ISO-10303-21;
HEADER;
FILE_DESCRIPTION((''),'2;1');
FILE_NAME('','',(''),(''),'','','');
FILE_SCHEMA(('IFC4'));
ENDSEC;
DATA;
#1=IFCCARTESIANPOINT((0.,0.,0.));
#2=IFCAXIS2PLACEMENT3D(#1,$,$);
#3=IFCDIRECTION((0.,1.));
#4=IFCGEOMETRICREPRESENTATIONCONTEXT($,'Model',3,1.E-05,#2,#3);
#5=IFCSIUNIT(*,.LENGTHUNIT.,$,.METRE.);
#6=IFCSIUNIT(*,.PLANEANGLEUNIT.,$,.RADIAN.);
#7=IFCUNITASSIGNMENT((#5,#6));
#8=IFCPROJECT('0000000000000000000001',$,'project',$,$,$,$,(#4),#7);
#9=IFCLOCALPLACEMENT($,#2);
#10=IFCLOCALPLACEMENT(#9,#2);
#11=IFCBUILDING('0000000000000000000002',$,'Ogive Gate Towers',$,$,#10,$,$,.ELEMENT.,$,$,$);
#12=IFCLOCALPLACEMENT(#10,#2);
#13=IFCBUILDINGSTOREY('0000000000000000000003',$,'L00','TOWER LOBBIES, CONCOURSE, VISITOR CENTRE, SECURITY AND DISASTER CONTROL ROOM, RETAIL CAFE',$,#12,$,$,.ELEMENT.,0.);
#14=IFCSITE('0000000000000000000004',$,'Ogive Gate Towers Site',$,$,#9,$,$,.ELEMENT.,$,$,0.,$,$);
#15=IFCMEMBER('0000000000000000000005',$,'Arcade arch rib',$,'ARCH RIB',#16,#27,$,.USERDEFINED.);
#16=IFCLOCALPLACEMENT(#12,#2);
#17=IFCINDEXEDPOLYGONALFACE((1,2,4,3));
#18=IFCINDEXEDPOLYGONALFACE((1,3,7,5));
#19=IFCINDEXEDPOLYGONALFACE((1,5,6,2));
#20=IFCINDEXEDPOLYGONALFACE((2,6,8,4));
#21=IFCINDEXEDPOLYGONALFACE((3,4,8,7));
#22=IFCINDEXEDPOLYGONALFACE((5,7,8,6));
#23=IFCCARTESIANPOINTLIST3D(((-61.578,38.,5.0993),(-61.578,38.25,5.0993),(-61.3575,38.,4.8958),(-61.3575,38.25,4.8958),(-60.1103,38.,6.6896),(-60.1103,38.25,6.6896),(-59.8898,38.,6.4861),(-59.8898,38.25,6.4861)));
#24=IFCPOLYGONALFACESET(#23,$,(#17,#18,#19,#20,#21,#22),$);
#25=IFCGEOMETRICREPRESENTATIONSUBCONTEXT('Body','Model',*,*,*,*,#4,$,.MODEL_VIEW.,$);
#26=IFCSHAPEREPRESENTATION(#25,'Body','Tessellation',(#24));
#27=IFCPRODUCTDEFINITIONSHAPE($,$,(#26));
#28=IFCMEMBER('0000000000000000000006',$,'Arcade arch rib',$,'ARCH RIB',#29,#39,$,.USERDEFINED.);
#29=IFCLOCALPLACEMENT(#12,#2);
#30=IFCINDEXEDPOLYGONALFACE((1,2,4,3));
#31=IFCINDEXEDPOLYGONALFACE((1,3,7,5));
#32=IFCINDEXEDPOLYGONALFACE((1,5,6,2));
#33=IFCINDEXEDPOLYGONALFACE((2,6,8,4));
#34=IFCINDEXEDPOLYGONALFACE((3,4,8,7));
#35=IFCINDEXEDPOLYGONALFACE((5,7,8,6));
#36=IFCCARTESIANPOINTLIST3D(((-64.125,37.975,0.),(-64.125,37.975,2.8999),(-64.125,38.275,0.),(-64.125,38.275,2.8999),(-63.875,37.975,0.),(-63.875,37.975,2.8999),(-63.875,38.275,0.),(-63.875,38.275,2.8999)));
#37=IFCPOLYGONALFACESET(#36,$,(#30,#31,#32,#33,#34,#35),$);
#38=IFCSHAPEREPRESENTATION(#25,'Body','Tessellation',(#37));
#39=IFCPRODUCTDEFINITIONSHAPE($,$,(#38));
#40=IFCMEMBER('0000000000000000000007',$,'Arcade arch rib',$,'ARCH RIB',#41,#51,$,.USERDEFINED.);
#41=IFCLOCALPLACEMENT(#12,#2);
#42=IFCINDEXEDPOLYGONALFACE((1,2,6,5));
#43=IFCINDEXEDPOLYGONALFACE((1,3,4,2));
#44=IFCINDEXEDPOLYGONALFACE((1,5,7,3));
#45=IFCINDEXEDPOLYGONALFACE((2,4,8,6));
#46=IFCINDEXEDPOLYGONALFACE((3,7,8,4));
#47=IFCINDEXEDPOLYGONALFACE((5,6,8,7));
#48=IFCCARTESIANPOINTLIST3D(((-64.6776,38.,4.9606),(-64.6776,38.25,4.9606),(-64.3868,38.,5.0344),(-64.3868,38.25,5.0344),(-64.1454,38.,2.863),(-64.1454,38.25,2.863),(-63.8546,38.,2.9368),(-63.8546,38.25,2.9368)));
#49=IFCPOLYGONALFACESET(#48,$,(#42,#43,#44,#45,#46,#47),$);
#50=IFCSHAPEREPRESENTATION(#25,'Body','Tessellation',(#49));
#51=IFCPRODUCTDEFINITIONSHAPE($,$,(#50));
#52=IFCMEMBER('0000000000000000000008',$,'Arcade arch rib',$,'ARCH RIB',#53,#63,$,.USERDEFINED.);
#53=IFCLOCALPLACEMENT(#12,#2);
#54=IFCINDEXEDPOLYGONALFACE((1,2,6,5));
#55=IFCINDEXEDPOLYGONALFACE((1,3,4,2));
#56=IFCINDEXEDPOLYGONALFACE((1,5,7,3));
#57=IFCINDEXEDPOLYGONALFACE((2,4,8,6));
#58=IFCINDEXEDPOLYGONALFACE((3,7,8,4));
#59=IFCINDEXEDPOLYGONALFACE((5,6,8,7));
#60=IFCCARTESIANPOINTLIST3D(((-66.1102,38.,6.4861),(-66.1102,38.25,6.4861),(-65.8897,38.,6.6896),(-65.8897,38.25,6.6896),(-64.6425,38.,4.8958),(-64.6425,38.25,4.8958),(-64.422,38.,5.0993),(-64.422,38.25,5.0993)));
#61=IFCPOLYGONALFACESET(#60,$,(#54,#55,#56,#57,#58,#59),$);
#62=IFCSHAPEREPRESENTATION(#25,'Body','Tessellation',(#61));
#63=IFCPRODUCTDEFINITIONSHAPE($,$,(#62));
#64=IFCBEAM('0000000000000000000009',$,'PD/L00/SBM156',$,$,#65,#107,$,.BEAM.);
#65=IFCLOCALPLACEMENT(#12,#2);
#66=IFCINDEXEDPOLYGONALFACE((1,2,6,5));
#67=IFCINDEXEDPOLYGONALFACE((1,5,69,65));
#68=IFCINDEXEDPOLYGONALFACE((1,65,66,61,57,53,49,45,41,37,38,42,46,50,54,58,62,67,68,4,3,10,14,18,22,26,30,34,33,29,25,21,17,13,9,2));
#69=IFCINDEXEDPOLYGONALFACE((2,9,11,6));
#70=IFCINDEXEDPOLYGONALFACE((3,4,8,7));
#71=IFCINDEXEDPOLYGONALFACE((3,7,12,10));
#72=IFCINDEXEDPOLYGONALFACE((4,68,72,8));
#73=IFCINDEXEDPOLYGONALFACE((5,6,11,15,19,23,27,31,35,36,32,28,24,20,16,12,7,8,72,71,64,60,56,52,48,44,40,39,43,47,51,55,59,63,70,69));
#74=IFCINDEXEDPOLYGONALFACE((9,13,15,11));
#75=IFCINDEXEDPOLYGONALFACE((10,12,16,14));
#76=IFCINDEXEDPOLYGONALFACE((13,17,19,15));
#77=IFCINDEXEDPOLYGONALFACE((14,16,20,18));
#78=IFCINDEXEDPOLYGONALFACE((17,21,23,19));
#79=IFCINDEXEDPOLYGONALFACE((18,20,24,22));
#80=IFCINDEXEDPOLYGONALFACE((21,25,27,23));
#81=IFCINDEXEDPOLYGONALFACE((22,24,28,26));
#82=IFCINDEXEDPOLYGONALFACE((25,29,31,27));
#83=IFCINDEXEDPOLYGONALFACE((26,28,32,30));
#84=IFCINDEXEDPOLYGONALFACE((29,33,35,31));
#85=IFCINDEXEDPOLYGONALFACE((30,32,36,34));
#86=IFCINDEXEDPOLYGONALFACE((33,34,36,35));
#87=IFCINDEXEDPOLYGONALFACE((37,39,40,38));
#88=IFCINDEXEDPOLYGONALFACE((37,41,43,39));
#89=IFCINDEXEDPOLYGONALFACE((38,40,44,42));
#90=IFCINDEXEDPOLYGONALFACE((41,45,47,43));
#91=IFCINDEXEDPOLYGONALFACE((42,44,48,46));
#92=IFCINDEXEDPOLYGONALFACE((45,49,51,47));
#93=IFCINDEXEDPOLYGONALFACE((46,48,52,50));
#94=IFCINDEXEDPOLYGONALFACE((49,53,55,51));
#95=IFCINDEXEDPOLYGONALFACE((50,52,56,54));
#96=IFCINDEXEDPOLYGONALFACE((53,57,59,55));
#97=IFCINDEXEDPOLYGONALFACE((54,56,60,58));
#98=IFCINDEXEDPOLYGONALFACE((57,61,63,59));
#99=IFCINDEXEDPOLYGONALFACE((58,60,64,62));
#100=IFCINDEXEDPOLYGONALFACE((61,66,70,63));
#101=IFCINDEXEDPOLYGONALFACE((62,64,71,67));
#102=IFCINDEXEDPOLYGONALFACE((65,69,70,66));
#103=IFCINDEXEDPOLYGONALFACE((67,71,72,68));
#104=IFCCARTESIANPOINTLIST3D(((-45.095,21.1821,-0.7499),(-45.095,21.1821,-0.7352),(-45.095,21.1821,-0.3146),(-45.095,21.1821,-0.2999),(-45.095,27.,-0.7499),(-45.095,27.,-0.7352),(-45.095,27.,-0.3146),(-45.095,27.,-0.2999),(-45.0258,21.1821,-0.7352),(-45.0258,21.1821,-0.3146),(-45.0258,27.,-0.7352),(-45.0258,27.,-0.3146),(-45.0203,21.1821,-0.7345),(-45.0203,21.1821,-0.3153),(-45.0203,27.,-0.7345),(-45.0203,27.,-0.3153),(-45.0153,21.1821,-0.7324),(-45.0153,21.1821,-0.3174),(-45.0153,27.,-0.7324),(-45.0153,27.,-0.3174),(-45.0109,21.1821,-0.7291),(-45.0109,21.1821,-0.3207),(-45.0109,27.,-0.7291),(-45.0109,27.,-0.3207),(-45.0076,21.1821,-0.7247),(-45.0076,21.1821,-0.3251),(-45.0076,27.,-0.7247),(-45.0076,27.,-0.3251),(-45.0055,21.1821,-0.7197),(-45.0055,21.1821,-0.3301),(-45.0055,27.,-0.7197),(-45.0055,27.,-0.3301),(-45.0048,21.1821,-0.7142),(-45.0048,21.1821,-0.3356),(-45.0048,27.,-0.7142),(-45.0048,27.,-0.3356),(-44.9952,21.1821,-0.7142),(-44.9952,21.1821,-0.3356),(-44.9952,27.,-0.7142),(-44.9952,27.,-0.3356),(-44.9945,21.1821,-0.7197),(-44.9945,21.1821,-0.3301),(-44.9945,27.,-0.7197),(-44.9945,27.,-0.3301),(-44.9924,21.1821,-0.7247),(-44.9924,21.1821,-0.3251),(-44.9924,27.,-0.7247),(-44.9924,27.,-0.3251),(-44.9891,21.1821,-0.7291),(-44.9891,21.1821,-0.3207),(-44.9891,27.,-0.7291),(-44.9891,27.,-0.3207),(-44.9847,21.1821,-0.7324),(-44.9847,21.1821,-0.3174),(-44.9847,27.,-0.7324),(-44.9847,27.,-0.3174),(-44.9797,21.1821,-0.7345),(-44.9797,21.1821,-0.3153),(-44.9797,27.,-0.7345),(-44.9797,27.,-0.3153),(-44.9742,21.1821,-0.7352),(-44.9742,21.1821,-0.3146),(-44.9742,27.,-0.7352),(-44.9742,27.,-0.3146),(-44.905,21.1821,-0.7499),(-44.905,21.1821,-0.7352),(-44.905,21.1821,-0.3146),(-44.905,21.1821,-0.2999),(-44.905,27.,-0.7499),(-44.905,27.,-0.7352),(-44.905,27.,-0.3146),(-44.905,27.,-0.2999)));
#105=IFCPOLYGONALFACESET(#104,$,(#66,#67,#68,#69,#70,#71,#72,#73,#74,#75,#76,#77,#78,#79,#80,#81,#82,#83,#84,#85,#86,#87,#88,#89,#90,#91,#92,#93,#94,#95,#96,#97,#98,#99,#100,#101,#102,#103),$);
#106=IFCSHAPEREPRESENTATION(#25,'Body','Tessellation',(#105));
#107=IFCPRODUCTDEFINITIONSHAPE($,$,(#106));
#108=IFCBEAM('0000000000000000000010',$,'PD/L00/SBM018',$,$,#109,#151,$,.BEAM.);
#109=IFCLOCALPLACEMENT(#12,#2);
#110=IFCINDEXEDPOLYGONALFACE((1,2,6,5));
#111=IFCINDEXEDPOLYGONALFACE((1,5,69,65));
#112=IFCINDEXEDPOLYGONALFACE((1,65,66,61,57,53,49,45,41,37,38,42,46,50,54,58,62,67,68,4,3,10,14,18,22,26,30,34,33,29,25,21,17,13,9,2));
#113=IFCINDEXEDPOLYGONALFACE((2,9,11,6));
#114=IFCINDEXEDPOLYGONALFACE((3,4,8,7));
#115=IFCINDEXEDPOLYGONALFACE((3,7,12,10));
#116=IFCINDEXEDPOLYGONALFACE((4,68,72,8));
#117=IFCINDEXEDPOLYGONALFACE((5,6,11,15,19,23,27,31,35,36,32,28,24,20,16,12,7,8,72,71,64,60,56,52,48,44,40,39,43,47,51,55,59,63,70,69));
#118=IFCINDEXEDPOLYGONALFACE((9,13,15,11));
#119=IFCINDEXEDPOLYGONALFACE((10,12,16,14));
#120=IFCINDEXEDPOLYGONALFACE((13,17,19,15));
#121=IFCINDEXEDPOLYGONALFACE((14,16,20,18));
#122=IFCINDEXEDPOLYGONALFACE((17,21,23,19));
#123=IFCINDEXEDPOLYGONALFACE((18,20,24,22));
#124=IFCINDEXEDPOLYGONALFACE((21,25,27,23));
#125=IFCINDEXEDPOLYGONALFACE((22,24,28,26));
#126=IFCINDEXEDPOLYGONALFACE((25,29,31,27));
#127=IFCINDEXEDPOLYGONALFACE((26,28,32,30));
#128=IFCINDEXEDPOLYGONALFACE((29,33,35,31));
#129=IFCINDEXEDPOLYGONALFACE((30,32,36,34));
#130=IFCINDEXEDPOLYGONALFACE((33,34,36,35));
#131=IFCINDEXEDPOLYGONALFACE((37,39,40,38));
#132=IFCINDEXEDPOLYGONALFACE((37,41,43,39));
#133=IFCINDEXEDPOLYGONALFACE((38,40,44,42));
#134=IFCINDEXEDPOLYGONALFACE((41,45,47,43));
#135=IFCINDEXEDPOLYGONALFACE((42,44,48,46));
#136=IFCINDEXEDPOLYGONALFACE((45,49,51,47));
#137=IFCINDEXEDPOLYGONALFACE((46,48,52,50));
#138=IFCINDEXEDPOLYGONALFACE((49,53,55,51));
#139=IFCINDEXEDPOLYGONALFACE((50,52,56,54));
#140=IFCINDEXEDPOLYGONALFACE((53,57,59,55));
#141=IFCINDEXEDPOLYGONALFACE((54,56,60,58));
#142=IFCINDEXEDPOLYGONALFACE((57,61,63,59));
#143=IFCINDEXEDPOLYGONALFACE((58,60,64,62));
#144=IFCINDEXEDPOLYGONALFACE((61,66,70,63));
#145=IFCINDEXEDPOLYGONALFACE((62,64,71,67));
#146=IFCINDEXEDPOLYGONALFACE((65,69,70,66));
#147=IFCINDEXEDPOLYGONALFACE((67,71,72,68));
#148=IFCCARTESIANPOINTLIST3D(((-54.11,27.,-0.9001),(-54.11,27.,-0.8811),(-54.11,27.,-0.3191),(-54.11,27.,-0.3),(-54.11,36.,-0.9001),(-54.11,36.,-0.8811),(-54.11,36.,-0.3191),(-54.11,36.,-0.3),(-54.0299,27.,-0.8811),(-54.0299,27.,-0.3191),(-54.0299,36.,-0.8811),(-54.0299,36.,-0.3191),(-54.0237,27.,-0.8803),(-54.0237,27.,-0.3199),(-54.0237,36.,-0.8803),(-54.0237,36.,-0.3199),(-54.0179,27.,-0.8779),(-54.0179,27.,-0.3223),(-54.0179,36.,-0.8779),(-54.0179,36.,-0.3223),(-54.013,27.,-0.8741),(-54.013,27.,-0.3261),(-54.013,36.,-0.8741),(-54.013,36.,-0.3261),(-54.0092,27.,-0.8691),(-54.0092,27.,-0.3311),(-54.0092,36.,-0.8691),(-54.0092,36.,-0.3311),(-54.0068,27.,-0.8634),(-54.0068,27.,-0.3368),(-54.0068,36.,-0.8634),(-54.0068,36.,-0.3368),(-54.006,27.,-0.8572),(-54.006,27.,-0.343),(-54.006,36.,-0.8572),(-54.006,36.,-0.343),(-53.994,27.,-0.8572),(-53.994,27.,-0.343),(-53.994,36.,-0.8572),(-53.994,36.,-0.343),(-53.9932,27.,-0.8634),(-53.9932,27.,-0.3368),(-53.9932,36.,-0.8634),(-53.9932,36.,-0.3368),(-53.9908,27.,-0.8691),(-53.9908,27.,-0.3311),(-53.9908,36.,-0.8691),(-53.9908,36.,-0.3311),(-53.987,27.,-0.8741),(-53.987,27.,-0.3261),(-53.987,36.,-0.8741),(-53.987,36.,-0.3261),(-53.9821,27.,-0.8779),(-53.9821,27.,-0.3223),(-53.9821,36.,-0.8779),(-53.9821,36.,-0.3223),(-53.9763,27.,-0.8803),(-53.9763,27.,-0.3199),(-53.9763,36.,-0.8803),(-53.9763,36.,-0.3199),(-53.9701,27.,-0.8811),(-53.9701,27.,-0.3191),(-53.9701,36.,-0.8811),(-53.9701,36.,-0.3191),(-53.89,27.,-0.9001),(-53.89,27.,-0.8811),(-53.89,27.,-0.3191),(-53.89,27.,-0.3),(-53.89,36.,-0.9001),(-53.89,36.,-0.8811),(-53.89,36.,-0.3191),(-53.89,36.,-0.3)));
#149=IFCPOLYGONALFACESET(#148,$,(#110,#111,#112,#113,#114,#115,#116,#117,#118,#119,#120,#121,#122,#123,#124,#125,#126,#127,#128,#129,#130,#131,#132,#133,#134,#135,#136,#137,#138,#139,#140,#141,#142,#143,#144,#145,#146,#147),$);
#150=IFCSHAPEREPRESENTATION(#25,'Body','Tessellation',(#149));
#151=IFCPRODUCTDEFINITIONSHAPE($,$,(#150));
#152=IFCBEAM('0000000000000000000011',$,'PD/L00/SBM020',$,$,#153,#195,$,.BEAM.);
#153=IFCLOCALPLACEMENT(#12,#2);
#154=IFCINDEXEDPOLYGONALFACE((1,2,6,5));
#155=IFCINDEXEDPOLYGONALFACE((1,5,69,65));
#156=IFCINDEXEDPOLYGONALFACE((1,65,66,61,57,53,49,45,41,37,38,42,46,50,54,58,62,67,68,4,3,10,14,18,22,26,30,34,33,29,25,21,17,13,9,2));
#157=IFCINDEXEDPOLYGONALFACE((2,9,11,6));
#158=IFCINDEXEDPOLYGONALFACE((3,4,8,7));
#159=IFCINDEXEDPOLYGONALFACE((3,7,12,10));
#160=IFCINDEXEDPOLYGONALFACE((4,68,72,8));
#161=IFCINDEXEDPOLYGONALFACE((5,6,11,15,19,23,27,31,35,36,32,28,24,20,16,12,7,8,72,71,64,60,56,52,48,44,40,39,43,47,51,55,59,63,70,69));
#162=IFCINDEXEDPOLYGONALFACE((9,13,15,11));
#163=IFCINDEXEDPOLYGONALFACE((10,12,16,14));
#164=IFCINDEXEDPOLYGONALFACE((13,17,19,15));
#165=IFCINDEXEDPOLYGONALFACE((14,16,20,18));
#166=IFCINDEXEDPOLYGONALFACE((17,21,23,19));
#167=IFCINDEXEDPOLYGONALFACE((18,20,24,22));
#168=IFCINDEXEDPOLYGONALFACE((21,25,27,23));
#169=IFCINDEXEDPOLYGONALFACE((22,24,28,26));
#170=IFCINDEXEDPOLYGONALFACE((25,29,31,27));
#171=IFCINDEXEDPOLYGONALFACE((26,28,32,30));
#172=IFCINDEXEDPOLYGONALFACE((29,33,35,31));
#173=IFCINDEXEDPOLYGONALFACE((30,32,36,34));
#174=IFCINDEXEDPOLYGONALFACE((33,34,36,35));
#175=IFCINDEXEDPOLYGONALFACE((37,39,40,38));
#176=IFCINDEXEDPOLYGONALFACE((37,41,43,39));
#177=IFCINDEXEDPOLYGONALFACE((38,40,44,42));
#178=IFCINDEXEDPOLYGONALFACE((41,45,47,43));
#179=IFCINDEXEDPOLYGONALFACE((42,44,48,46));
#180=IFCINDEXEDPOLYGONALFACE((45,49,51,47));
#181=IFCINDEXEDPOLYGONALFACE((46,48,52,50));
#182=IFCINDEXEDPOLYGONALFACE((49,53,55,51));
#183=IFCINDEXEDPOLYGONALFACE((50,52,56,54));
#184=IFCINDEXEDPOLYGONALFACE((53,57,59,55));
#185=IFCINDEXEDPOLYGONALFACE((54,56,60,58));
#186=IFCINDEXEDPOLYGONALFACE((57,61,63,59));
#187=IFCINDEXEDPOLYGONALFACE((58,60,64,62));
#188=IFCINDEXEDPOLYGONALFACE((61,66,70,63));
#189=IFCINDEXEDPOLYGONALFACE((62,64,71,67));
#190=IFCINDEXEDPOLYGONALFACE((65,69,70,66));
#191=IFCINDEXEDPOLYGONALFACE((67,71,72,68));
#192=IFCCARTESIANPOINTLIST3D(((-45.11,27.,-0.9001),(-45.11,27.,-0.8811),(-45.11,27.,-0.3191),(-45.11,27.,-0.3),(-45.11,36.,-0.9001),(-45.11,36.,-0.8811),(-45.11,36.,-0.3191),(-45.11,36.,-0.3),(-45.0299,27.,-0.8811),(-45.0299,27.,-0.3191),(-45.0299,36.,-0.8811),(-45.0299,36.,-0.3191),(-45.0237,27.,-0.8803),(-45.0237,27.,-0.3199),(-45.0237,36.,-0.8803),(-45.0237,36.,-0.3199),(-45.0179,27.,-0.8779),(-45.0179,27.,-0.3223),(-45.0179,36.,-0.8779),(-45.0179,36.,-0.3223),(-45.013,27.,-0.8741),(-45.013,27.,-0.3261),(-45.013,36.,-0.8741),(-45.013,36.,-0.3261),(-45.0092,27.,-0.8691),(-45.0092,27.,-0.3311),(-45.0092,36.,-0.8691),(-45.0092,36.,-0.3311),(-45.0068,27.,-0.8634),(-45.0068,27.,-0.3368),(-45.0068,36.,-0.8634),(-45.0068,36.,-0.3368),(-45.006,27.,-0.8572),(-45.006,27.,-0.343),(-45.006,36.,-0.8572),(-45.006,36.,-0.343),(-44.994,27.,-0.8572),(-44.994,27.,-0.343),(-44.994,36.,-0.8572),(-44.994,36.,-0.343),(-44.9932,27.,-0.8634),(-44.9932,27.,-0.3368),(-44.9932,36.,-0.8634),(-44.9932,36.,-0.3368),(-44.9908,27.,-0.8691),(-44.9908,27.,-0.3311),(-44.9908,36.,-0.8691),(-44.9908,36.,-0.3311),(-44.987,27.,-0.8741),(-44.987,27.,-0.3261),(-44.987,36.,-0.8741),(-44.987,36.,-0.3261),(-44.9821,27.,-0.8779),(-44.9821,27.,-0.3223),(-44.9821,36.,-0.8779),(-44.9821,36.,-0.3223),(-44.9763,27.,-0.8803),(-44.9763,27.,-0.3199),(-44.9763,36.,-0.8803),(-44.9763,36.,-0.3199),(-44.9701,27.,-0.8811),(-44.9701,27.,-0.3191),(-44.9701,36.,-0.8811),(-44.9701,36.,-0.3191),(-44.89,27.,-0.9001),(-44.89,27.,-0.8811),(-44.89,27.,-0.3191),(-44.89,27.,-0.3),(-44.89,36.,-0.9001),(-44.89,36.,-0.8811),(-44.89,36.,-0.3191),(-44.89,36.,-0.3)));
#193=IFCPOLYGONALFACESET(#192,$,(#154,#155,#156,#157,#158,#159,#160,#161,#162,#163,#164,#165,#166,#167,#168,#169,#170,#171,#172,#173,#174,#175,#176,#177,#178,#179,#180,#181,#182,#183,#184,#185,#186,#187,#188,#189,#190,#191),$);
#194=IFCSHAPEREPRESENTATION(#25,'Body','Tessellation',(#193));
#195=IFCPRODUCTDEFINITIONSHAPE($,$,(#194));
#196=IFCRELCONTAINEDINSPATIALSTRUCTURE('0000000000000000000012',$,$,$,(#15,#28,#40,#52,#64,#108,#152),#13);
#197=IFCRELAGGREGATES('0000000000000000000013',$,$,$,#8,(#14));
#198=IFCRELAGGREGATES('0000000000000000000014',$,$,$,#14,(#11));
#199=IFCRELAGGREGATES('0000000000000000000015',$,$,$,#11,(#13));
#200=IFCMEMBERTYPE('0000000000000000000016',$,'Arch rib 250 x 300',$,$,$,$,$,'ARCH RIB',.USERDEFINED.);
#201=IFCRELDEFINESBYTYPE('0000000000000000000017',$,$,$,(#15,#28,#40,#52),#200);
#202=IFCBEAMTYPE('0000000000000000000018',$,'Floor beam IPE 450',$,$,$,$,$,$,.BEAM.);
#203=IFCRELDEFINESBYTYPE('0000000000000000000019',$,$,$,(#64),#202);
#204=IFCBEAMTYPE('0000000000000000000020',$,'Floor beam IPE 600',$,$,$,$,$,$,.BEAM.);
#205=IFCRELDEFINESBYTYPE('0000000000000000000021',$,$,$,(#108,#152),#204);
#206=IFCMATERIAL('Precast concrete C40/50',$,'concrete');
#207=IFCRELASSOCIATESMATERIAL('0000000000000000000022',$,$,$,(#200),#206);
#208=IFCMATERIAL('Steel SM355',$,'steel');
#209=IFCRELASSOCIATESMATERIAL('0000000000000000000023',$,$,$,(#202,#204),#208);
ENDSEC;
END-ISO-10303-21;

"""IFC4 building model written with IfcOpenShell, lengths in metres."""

from ifc_helpers import new_model, si_unit, direction, frame, origin, origin_2d, place, context, subcontext, project, spatial, rectangle, i_section, extrude, material, material_profile, profile_set, type_object, element, save


model = new_model("IFC4")

# Units and contexts
model_context = context("Model", 3, precision=1e-05, world=origin(), true_north=direction((0.0, 1.0)))
body_context = subcontext(model_context, "Body", "Model", "MODEL_VIEW")
ifc_project = project(units=[si_unit("LENGTHUNIT", "METRE"), si_unit("PLANEANGLEUNIT", "RADIAN")], contexts=[model_context])

# Site, building, storey
site_placement = place(None, origin())
site = spatial("IfcSite", under=ifc_project, at=site_placement, Name="Ogive Gate Towers Site", CompositionType="ELEMENT", RefElevation=0.0)
building_placement = place(site_placement, origin())
building = spatial("IfcBuilding", under=site, at=building_placement, Name="Ogive Gate Towers", CompositionType="ELEMENT")
storey_placement = place(building_placement, origin())
storey = spatial("IfcBuildingStorey", under=building, at=storey_placement, Name="L00", Description="TOWER LOBBIES, CONCOURSE, VISITOR CENTRE, SECURITY AND DISASTER CONTROL ROOM, RETAIL CAFE", CompositionType="ELEMENT", Elevation=0.0)

# Members
ifc_material_1 = material(Name="Precast concrete C40/50", Category="concrete")
ifc_material_profile_1 = material_profile(ifc_material_1, rectangle(XDim=0.25, YDim=0.3, at=origin_2d()), Name="250 x 300 cast stone")
ifc_profile_set_1 = profile_set([ifc_material_profile_1], Name="Precast concrete C40/50")
member_type_1 = type_object("IfcMemberType", Name="Arch rib 250 x 300", ElementType="ARCH RIB", PredefinedType="USERDEFINED", material=ifc_profile_set_1)
for number, where, z_axis, x_axis, name in (
    (1, (-61.4678, 38.125, 4.9976), (0.678224, 0.0, 0.734855), (0.0, 1.0, 0.0), "Arcade arch rib"),
):
    element("IfcMember", number, at=place(storey_placement, frame(where, z_axis=z_axis, x_axis=x_axis)), inside=storey, type_object=member_type_1, Name=name, ObjectType="ARCH RIB", PredefinedType="USERDEFINED", context=body_context, shape_type="SweptSolid", body=[
        extrude(rectangle(XDim=0.25, YDim=0.3, at=origin_2d()), origin(), (0.0, 0.0, 1.0), 2.1641),
    ])
member_1_placement = place(storey_placement, frame((-64.0, 38.125, 0.0), z_axis=(0.0, 0.0, 1.0), x_axis=(1.0, 0.0, 0.0)))
element("IfcMember", 2, at=member_1_placement, inside=storey, type_object=member_type_1, Name="Arcade arch rib", ObjectType="ARCH RIB", PredefinedType="USERDEFINED", context=body_context, shape_type="SweptSolid", body=[
    extrude(rectangle(XDim=0.25, YDim=0.3, at=origin_2d()), origin(), (0.0, 0.0, 1.0), 2.8999),
])
for number, where, z_axis, x_axis, name in (
    (3, (-64.0, 38.125, 2.8999), (-0.245932, 0.0, 0.969287), (0.0, -1.0, 0.0), "Arcade arch rib"),
    (4, (-64.5322, 38.125, 4.9976), (-0.678224, 0.0, 0.734855), (0.0, -1.0, 0.0), "Arcade arch rib"),
):
    element("IfcMember", number, at=place(storey_placement, frame(where, z_axis=z_axis, x_axis=x_axis)), inside=storey, type_object=member_type_1, Name=name, ObjectType="ARCH RIB", PredefinedType="USERDEFINED", context=body_context, shape_type="SweptSolid", body=[
        extrude(rectangle(XDim=0.25, YDim=0.3, at=origin_2d()), origin(), (0.0, 0.0, 1.0), 2.1641),
    ])

# Beams
ifc_material_2 = material(Name="Steel SM355", Category="steel")
ifc_material_profile_2 = material_profile(ifc_material_2, i_section(OverallWidth=0.1899, OverallDepth=0.45, WebThickness=0.0095, FlangeThickness=0.0146, FilletRadius=0.021, at=origin_2d()), Name="IPE 450")
ifc_profile_set_2 = profile_set([ifc_material_profile_2], Name="Steel SM355")
beam_type_1 = type_object("IfcBeamType", Name="Floor beam IPE 450", PredefinedType="BEAM", material=ifc_profile_set_2)
beam_placement = place(storey_placement, frame((-45.0, 27.0, -0.5249), z_axis=(0.0, -1.0, 0.0), x_axis=(1.0, 0.0, 0.0)))
element("IfcBeam", 5, at=beam_placement, inside=storey, type_object=beam_type_1, Name="PD/L00/SBM156", PredefinedType="BEAM", context=body_context, shape_type="SweptSolid", body=[
    extrude(i_section(OverallWidth=0.1899, OverallDepth=0.45, WebThickness=0.0095, FlangeThickness=0.0146, FilletRadius=0.021, at=origin_2d()), origin(), (0.0, 0.0, 1.0), 5.8179),
])
ifc_material_profile_3 = material_profile(ifc_material_2, i_section(OverallWidth=0.22, OverallDepth=0.6001, WebThickness=0.012, FlangeThickness=0.019, FilletRadius=0.0239, at=origin_2d()), Name="IPE 600")
ifc_profile_set_3 = profile_set([ifc_material_profile_3], Name="Steel SM355")
beam_type_2 = type_object("IfcBeamType", Name="Floor beam IPE 600", PredefinedType="BEAM", material=ifc_profile_set_3)
for number, where, z_axis, x_axis, name in (
    (6, (-54.0, 27.0, -0.6001), (0.0, 1.0, 0.0), (-1.0, 0.0, 0.0), "PD/L00/SBM018"),
    (7, (-45.0, 27.0, -0.6001), (0.0, 1.0, 0.0), (-1.0, 0.0, 0.0), "PD/L00/SBM020"),
):
    element("IfcBeam", number, at=place(storey_placement, frame(where, z_axis=z_axis, x_axis=x_axis)), inside=storey, type_object=beam_type_2, Name=name, PredefinedType="BEAM", context=body_context, shape_type="SweptSolid", body=[
        extrude(i_section(OverallWidth=0.22, OverallDepth=0.6001, WebThickness=0.012, FlangeThickness=0.019, FilletRadius=0.0239, at=origin_2d()), origin(), (0.0, 0.0, 1.0), 9.0),
    ])

save(model, "model.ifc")
